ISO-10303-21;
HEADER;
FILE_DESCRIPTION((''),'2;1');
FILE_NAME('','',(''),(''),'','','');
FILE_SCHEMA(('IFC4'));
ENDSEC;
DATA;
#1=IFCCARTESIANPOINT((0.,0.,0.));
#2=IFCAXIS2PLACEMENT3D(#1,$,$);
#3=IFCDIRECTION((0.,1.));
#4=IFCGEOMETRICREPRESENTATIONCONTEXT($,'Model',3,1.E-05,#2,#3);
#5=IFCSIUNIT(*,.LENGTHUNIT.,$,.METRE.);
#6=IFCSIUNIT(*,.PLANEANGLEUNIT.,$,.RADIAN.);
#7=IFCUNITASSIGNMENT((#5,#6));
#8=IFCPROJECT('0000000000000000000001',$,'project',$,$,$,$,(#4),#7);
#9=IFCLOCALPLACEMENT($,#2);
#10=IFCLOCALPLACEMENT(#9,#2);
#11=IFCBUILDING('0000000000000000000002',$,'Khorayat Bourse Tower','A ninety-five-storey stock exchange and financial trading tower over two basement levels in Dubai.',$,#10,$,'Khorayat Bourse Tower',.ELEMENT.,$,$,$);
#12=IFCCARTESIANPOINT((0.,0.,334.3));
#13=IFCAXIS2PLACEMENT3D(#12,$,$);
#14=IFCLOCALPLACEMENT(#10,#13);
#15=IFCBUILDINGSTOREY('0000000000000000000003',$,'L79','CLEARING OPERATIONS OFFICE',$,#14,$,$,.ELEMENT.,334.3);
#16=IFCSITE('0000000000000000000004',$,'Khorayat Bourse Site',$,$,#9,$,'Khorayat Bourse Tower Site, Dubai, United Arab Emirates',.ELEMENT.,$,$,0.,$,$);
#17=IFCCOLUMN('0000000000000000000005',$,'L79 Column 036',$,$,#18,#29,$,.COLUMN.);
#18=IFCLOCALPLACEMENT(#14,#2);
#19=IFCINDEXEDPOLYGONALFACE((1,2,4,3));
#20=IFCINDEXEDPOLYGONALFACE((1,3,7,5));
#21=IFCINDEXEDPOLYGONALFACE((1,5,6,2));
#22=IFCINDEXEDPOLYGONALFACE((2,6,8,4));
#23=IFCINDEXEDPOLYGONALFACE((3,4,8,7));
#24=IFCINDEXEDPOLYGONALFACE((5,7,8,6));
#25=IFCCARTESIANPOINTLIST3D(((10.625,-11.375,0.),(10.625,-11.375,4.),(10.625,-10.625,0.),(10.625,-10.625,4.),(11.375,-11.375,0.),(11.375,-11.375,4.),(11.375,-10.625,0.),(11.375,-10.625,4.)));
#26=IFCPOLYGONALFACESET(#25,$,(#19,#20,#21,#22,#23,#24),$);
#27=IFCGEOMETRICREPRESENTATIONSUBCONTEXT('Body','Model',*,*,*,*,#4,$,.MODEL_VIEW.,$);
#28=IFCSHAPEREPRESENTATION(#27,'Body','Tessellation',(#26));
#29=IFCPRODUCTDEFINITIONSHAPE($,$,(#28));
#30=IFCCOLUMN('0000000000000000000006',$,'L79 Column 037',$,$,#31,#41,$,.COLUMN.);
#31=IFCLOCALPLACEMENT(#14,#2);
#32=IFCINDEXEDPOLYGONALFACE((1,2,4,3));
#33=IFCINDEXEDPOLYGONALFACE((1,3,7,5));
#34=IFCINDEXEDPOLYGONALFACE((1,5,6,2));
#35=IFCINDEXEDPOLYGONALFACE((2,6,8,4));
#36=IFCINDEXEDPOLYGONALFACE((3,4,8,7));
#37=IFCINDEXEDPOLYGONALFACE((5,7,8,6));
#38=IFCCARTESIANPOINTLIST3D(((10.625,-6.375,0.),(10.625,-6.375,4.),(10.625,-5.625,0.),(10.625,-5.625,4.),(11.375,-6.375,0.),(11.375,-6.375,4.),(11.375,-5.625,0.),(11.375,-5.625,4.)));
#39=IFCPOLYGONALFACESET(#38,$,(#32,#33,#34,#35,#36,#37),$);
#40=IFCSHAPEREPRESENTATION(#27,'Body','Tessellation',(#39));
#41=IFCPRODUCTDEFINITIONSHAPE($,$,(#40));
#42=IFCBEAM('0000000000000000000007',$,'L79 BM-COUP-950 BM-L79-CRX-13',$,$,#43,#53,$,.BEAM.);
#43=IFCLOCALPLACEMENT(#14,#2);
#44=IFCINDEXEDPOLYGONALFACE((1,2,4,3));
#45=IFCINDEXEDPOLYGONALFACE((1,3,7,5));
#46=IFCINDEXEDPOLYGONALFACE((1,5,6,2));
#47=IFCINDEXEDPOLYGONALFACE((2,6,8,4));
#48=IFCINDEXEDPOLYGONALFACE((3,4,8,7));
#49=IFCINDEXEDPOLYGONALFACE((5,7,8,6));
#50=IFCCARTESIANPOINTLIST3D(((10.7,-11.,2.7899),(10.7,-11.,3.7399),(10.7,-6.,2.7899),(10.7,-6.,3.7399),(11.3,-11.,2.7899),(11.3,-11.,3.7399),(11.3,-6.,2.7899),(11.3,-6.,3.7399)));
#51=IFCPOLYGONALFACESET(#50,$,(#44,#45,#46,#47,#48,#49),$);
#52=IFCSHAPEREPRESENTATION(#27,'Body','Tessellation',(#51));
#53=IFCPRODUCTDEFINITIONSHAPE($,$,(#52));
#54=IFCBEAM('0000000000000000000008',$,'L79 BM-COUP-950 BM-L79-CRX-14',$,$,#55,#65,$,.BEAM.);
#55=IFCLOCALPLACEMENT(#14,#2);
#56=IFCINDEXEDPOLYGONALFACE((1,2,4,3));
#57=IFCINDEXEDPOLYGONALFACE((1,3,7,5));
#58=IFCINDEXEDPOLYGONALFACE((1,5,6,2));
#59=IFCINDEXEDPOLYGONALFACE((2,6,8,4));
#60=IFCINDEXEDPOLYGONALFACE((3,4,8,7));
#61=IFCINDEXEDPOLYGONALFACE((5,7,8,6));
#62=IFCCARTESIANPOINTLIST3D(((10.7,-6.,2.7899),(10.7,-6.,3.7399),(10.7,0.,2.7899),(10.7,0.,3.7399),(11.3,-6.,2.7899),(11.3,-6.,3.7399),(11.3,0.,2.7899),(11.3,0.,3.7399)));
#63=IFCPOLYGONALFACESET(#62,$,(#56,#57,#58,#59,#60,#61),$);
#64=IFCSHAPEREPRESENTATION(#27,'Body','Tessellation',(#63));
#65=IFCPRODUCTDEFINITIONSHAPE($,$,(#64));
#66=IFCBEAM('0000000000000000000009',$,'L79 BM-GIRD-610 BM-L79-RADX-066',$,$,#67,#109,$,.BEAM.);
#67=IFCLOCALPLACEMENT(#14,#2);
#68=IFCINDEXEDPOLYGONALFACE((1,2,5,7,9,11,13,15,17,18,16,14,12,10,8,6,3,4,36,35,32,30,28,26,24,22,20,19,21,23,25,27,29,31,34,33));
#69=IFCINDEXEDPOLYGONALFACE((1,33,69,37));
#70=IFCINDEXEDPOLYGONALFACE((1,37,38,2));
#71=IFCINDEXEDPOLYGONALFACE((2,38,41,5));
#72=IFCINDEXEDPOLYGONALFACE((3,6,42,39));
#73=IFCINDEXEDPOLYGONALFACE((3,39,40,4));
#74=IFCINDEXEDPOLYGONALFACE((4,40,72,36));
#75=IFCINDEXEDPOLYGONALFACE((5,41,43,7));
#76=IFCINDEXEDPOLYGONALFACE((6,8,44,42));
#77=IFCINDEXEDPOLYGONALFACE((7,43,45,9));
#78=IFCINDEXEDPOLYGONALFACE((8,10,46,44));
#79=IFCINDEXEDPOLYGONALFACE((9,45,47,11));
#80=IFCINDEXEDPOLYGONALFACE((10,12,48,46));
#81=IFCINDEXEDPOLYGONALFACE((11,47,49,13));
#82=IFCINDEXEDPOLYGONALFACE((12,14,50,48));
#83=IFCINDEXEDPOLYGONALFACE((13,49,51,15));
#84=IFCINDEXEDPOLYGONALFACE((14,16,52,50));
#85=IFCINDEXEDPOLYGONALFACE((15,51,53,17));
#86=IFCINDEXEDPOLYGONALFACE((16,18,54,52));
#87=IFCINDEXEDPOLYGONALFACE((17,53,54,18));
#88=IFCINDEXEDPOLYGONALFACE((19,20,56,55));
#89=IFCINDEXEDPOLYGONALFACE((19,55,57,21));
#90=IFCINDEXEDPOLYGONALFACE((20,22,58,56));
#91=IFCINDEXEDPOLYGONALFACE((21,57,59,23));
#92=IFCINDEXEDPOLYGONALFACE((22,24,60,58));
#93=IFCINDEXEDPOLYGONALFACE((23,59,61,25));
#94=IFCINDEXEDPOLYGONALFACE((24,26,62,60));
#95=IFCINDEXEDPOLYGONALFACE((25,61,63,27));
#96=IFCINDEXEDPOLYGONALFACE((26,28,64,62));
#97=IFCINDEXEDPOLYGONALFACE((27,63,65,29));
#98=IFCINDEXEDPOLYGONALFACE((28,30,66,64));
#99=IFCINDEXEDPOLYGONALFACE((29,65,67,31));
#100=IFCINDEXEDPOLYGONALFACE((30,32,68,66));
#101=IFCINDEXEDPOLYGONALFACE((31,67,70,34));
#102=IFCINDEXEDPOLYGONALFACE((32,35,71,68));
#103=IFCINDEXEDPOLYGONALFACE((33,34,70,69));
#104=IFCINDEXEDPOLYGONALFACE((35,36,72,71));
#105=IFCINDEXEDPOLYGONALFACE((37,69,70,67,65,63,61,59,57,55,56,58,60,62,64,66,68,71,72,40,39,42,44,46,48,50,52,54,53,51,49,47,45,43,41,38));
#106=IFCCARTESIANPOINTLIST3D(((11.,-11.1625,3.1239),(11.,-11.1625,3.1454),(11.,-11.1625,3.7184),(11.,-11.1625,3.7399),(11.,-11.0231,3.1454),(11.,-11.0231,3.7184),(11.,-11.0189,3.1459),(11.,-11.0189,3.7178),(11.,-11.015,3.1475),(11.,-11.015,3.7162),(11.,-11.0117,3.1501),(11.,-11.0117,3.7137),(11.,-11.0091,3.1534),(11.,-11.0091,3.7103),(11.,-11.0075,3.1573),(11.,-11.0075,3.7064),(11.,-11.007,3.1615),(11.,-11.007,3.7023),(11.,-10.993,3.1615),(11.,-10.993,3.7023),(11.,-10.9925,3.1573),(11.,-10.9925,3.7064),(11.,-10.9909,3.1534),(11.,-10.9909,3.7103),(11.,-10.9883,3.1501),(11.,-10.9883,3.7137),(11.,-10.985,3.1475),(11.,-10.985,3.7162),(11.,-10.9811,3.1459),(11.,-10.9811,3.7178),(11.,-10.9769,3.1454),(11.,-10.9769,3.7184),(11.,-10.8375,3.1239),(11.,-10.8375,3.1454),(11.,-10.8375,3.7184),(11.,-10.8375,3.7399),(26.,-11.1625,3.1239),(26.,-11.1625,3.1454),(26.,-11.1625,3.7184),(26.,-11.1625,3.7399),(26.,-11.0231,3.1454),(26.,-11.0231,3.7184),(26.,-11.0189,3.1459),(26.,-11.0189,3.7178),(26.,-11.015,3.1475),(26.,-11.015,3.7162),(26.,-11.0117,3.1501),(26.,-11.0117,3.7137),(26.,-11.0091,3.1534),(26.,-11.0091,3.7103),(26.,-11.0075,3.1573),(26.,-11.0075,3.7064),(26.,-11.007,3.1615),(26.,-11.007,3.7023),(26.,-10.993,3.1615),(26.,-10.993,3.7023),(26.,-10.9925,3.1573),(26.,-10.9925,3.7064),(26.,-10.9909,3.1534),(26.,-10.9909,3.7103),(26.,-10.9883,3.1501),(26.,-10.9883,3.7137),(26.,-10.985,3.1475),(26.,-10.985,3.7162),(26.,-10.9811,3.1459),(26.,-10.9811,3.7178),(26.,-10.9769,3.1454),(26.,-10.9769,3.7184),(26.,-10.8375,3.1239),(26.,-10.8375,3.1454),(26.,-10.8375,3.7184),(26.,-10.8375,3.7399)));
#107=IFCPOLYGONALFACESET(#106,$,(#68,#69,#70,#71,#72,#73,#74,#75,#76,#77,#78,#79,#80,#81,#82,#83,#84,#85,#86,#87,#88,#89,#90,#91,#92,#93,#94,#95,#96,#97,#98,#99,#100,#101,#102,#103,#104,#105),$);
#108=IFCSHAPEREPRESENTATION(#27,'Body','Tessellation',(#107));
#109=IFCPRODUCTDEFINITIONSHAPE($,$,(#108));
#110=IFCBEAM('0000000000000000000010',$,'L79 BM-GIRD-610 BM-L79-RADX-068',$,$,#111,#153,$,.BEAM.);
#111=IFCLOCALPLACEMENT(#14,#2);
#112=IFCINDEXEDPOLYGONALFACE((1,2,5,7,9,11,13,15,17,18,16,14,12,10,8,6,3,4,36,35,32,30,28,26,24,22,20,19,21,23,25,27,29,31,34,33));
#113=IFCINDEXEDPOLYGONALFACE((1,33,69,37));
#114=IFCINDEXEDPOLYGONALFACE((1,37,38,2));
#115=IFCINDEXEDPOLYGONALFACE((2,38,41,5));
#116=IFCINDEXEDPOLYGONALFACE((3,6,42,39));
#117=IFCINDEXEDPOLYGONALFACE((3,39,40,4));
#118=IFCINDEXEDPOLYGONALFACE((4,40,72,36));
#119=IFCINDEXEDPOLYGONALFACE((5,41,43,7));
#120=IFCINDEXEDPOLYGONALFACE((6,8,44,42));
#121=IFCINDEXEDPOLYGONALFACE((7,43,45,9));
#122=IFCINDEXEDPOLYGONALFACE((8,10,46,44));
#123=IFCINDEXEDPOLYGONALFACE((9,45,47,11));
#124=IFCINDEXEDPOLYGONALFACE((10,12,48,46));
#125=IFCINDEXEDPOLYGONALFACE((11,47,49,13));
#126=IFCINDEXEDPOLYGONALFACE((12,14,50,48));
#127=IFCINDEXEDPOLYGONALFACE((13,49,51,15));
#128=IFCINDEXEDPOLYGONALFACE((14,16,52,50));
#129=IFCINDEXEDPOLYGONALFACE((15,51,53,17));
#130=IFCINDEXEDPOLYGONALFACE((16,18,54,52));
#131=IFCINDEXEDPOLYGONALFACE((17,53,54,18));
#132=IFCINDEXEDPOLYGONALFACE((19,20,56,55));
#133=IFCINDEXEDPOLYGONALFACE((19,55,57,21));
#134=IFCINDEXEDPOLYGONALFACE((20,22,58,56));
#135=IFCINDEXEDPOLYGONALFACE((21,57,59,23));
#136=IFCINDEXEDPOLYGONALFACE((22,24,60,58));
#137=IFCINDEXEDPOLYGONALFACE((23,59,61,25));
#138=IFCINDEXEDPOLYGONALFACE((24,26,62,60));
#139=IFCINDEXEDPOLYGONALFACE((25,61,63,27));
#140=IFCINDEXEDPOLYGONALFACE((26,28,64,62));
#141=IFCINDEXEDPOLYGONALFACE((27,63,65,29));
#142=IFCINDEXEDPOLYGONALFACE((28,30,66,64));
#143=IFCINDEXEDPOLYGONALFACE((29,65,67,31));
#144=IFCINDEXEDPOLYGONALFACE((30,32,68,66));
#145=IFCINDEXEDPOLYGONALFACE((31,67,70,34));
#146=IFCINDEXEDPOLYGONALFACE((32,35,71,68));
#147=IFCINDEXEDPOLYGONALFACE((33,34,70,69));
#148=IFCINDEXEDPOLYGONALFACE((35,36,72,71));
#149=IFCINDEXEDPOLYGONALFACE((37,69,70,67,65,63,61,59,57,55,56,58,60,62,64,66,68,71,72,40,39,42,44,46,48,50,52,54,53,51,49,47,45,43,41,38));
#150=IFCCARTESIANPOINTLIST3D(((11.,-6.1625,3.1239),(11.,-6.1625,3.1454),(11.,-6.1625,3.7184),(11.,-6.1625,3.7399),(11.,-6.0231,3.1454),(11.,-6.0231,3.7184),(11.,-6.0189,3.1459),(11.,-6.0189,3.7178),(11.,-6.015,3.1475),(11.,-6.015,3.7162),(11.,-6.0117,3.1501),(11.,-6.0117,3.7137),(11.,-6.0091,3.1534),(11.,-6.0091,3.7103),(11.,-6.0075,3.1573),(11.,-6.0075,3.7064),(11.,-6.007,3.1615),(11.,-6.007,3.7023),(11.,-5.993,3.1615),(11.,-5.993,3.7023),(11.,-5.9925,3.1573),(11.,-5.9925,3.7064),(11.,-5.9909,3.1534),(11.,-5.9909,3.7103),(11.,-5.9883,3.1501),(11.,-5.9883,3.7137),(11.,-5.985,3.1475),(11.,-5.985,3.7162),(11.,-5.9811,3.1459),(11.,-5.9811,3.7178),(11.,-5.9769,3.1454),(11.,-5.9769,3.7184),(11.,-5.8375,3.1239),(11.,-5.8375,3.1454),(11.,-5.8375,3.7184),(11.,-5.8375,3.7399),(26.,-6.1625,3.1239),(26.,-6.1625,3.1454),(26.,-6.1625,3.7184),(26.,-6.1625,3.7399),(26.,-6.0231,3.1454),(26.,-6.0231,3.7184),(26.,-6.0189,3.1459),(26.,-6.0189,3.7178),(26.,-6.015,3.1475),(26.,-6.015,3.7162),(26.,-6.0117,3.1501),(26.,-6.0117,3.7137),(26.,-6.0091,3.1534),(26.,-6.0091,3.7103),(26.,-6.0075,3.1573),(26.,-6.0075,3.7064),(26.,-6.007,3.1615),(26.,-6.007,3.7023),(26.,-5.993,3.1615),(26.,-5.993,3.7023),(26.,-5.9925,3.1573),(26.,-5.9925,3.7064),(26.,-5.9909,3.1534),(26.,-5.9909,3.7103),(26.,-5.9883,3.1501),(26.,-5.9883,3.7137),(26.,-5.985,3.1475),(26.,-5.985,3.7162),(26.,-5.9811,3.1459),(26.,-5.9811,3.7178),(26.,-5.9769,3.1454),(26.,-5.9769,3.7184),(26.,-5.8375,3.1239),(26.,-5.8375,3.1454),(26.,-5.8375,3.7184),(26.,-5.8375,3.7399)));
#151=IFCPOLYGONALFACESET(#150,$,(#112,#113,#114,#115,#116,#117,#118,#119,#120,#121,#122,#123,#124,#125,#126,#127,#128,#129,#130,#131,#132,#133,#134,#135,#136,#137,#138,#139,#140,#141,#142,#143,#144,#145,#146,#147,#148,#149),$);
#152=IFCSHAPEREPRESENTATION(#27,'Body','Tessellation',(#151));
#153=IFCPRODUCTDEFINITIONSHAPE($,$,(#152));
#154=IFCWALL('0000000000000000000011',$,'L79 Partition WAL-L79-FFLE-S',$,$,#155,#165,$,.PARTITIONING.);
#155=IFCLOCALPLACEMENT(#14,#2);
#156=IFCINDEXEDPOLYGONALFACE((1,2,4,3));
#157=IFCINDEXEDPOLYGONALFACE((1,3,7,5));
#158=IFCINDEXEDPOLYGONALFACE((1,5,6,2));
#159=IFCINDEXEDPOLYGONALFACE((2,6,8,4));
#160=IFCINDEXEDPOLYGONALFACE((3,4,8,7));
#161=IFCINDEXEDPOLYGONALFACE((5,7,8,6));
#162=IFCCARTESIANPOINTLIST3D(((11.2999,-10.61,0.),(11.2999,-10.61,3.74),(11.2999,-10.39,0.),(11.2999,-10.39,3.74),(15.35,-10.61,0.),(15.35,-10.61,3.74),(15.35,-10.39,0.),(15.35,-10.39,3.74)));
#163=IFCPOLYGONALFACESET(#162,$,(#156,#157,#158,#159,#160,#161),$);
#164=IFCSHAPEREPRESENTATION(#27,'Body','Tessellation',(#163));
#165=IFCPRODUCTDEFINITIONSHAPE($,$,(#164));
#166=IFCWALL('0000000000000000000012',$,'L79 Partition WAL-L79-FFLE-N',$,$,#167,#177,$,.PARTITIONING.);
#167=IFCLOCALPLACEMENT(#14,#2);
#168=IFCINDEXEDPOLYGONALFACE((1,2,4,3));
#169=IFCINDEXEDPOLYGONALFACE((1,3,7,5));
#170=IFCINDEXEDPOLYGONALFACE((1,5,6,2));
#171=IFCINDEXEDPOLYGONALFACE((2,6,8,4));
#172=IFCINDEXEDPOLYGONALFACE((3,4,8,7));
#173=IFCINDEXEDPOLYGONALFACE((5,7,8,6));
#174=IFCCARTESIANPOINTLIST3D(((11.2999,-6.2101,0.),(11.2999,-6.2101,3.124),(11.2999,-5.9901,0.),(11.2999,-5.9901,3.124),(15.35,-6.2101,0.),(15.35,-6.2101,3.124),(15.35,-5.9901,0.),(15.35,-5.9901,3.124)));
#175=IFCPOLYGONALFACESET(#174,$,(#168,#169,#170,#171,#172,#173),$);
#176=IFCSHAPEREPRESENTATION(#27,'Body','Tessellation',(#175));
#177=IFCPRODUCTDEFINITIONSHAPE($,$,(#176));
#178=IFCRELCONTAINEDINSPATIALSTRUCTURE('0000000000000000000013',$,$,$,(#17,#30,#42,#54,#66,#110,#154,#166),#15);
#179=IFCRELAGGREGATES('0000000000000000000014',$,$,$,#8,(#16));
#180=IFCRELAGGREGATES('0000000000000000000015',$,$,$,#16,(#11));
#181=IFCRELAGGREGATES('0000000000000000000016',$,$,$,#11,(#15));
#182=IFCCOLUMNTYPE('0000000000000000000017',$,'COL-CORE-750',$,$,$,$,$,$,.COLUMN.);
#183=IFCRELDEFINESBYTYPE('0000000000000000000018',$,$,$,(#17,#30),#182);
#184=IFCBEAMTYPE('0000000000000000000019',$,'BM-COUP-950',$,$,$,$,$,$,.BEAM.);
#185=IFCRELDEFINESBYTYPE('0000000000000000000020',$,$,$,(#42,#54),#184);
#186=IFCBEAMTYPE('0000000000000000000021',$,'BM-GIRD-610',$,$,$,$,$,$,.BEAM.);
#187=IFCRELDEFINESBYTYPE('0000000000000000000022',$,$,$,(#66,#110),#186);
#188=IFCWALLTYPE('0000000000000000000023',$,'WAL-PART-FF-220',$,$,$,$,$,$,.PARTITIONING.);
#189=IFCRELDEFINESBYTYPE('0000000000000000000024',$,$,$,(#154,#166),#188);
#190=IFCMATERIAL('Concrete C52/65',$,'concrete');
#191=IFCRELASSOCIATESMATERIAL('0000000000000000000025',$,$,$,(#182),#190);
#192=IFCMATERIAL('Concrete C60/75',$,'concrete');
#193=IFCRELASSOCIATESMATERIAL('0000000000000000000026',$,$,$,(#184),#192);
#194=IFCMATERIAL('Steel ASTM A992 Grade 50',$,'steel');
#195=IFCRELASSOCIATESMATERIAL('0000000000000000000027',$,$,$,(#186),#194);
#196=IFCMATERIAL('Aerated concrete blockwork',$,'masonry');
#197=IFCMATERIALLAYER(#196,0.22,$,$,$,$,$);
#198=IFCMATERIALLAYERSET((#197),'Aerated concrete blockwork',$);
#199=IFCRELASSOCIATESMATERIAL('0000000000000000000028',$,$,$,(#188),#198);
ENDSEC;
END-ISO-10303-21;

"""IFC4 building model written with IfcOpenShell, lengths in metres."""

from ifc_helpers import new_model, si_unit, direction, frame, frame_2d, origin, origin_2d, place, context, subcontext, project, spatial, rectangle, i_section, extrude, source, transform, mapped, material, layer, layer_set, material_profile, profile_set, type_object, element, save


model = new_model("IFC4")

# Units and contexts
model_context = context("Model", 3, precision=1e-05, world=origin(), true_north=direction((0.0, 1.0)))
body_context = subcontext(model_context, "Body", "Model", "MODEL_VIEW")
ifc_project = project(units=[si_unit("LENGTHUNIT", "METRE"), si_unit("PLANEANGLEUNIT", "RADIAN")], contexts=[model_context])

# Site, building, storey
site_placement = place(None, origin())
site = spatial("IfcSite", under=ifc_project, at=site_placement, Name="Khorayat Bourse Site", LongName="Khorayat Bourse Tower Site, Dubai, United Arab Emirates", CompositionType="ELEMENT", RefElevation=0.0)
building_placement = place(site_placement, origin())
building = spatial("IfcBuilding", under=site, at=building_placement, Name="Khorayat Bourse Tower", Description="A ninety-five-storey stock exchange and financial trading tower over two basement levels in Dubai.", LongName="Khorayat Bourse Tower", CompositionType="ELEMENT")
storey_placement = place(building_placement, frame((0.0, 0.0, 334.3)))
storey = spatial("IfcBuildingStorey", under=building, at=storey_placement, Name="L79", Description="CLEARING OPERATIONS OFFICE", CompositionType="ELEMENT", Elevation=334.3)

# Columns
ifc_material_1 = material(Name="Concrete C52/65", Category="concrete")
ifc_material_profile_1 = material_profile(ifc_material_1, rectangle(XDim=0.75, YDim=0.75, at=origin_2d()), Name="RC 750x750")
ifc_profile_set_1 = profile_set([ifc_material_profile_1], Name="Concrete C52/65")
column_type = type_object("IfcColumnType", Name="COL-CORE-750", PredefinedType="COLUMN", material=ifc_profile_set_1)
shared_shape_1 = source(origin(), body_context, "Body", "SweptSolid", [
    extrude(rectangle(XDim=0.75, YDim=0.75, at=origin_2d()), origin(), (0.0, 0.0, 1.0), 4.0),
])
for number, where, z_axis, x_axis, name in (
    (1, (11.0, -11.0, 0.0), (0.0, 0.0, 1.0), (1.0, 0.0, 0.0), "L79 Column 036"),
    (2, (11.0, -6.0, 0.0), (0.0, 0.0, 1.0), (1.0, 0.0, 0.0), "L79 Column 037"),
):
    element("IfcColumn", number, at=place(storey_placement, frame(where, z_axis=z_axis, x_axis=x_axis)), inside=storey, type_object=column_type, Name=name, PredefinedType="COLUMN", context=body_context, shape_type="MappedRepresentation", body=[
        mapped(shared_shape_1, transform((0.0, 0.0, 0.0), scale=1.0)),
    ])

# Beams
ifc_material_2 = material(Name="Concrete C60/75", Category="concrete")
ifc_material_profile_2 = material_profile(ifc_material_2, rectangle(XDim=0.6001, YDim=0.95, at=origin_2d()), Name="RC 600x950")
ifc_profile_set_2 = profile_set([ifc_material_profile_2], Name="Concrete C60/75")
beam_type_1 = type_object("IfcBeamType", Name="BM-COUP-950", PredefinedType="BEAM", material=ifc_profile_set_2)
shared_shape_2 = source(origin(), body_context, "Body", "SweptSolid", [
    extrude(rectangle(XDim=0.6001, YDim=0.95, at=origin_2d()), origin(), (0.0, 0.0, 1.0), 5.0),
])
beam_1_placement = place(storey_placement, frame((11.0, -11.0, 3.2649), z_axis=(0.0, 1.0, 0.0), x_axis=(-1.0, 0.0, 0.0)))
element("IfcBeam", 3, at=beam_1_placement, inside=storey, type_object=beam_type_1, Name="L79 BM-COUP-950 BM-L79-CRX-13", PredefinedType="BEAM", context=body_context, shape_type="MappedRepresentation", body=[
    mapped(shared_shape_2, transform((0.0, 0.0, 0.0), scale=1.0)),
])
shared_shape_3 = source(origin(), body_context, "Body", "SweptSolid", [
    extrude(rectangle(XDim=0.6001, YDim=0.95, at=origin_2d()), origin(), (0.0, 0.0, 1.0), 6.0),
])
beam_2_placement = place(storey_placement, frame((11.0, -6.0, 3.2649), z_axis=(0.0, 1.0, 0.0), x_axis=(-1.0, 0.0, 0.0)))
element("IfcBeam", 4, at=beam_2_placement, inside=storey, type_object=beam_type_1, Name="L79 BM-COUP-950 BM-L79-CRX-14", PredefinedType="BEAM", context=body_context, shape_type="MappedRepresentation", body=[
    mapped(shared_shape_3, transform((0.0, 0.0, 0.0), scale=1.0)),
])
ifc_material_3 = material(Name="Steel ASTM A992 Grade 50", Category="steel")
ifc_material_profile_3 = material_profile(ifc_material_3, i_section(OverallWidth=0.325, OverallDepth=0.616, WebThickness=0.0139, FlangeThickness=0.0215, FilletRadius=0.0161, at=origin_2d()), Name="W610X174")
ifc_profile_set_3 = profile_set([ifc_material_profile_3], Name="Steel ASTM A992 Grade 50")
beam_type_2 = type_object("IfcBeamType", Name="BM-GIRD-610", PredefinedType="BEAM", material=ifc_profile_set_3)
shared_shape_4 = source(origin(), body_context, "Body", "SweptSolid", [
    extrude(i_section(OverallWidth=0.325, OverallDepth=0.616, WebThickness=0.0139, FlangeThickness=0.0215, FilletRadius=0.0161, at=origin_2d()), origin(), (0.0, 0.0, 1.0), 15.0),
])
for number, where, z_axis, x_axis, name in (
    (5, (11.0, -11.0, 3.4319), (1.0, 0.0, 0.0), (0.0, 1.0, 0.0), "L79 BM-GIRD-610 BM-L79-RADX-066"),
    (6, (11.0, -6.0, 3.4319), (1.0, 0.0, 0.0), (0.0, 1.0, 0.0), "L79 BM-GIRD-610 BM-L79-RADX-068"),
):
    element("IfcBeam", number, at=place(storey_placement, frame(where, z_axis=z_axis, x_axis=x_axis)), inside=storey, type_object=beam_type_2, Name=name, PredefinedType="BEAM", context=body_context, shape_type="MappedRepresentation", body=[
        mapped(shared_shape_4, transform((0.0, 0.0, 0.0), scale=1.0)),
    ])

# Walls
ifc_material_4 = material(Name="Aerated concrete blockwork", Category="masonry")
ifc_layer_1 = layer(ifc_material_4, 0.22)
ifc_layer_set_1 = layer_set([ifc_layer_1], Name="Aerated concrete blockwork")
wall_type_1 = type_object("IfcWallType", Name="WAL-PART-FF-220", PredefinedType="PARTITIONING", material=ifc_layer_set_1)
shared_shape_5 = source(origin(), body_context, "Body", "SweptSolid", [
    extrude(rectangle(XDim=4.05, YDim=0.22, at=frame_2d((2.0249, 0.0))), origin(), (0.0, 0.0, 1.0), 3.74),
])
wall_1_placement = place(storey_placement, frame((11.3, -10.5, 0.0), z_axis=(0.0, 0.0, 1.0), x_axis=(1.0, 0.0, 0.0)))
element("IfcWall", 7, at=wall_1_placement, inside=storey, type_object=wall_type_1, Name="L79 Partition WAL-L79-FFLE-S", PredefinedType="PARTITIONING", context=body_context, shape_type="MappedRepresentation", body=[
    mapped(shared_shape_5, transform((0.0, 0.0, 0.0), scale=1.0)),
])
shared_shape_6 = source(origin(), body_context, "Body", "SweptSolid", [
    extrude(rectangle(XDim=4.05, YDim=0.22, at=frame_2d((2.0249, 0.0))), origin(), (0.0, 0.0, 1.0), 3.124),
])
wall_2_placement = place(storey_placement, frame((11.3, -6.1001, 0.0), z_axis=(0.0, 0.0, 1.0), x_axis=(1.0, 0.0, 0.0)))
element("IfcWall", 8, at=wall_2_placement, inside=storey, type_object=wall_type_1, Name="L79 Partition WAL-L79-FFLE-N", PredefinedType="PARTITIONING", context=body_context, shape_type="MappedRepresentation", body=[
    mapped(shared_shape_6, transform((0.0, 0.0, 0.0), scale=1.0)),
])

save(model, "model.ifc")
